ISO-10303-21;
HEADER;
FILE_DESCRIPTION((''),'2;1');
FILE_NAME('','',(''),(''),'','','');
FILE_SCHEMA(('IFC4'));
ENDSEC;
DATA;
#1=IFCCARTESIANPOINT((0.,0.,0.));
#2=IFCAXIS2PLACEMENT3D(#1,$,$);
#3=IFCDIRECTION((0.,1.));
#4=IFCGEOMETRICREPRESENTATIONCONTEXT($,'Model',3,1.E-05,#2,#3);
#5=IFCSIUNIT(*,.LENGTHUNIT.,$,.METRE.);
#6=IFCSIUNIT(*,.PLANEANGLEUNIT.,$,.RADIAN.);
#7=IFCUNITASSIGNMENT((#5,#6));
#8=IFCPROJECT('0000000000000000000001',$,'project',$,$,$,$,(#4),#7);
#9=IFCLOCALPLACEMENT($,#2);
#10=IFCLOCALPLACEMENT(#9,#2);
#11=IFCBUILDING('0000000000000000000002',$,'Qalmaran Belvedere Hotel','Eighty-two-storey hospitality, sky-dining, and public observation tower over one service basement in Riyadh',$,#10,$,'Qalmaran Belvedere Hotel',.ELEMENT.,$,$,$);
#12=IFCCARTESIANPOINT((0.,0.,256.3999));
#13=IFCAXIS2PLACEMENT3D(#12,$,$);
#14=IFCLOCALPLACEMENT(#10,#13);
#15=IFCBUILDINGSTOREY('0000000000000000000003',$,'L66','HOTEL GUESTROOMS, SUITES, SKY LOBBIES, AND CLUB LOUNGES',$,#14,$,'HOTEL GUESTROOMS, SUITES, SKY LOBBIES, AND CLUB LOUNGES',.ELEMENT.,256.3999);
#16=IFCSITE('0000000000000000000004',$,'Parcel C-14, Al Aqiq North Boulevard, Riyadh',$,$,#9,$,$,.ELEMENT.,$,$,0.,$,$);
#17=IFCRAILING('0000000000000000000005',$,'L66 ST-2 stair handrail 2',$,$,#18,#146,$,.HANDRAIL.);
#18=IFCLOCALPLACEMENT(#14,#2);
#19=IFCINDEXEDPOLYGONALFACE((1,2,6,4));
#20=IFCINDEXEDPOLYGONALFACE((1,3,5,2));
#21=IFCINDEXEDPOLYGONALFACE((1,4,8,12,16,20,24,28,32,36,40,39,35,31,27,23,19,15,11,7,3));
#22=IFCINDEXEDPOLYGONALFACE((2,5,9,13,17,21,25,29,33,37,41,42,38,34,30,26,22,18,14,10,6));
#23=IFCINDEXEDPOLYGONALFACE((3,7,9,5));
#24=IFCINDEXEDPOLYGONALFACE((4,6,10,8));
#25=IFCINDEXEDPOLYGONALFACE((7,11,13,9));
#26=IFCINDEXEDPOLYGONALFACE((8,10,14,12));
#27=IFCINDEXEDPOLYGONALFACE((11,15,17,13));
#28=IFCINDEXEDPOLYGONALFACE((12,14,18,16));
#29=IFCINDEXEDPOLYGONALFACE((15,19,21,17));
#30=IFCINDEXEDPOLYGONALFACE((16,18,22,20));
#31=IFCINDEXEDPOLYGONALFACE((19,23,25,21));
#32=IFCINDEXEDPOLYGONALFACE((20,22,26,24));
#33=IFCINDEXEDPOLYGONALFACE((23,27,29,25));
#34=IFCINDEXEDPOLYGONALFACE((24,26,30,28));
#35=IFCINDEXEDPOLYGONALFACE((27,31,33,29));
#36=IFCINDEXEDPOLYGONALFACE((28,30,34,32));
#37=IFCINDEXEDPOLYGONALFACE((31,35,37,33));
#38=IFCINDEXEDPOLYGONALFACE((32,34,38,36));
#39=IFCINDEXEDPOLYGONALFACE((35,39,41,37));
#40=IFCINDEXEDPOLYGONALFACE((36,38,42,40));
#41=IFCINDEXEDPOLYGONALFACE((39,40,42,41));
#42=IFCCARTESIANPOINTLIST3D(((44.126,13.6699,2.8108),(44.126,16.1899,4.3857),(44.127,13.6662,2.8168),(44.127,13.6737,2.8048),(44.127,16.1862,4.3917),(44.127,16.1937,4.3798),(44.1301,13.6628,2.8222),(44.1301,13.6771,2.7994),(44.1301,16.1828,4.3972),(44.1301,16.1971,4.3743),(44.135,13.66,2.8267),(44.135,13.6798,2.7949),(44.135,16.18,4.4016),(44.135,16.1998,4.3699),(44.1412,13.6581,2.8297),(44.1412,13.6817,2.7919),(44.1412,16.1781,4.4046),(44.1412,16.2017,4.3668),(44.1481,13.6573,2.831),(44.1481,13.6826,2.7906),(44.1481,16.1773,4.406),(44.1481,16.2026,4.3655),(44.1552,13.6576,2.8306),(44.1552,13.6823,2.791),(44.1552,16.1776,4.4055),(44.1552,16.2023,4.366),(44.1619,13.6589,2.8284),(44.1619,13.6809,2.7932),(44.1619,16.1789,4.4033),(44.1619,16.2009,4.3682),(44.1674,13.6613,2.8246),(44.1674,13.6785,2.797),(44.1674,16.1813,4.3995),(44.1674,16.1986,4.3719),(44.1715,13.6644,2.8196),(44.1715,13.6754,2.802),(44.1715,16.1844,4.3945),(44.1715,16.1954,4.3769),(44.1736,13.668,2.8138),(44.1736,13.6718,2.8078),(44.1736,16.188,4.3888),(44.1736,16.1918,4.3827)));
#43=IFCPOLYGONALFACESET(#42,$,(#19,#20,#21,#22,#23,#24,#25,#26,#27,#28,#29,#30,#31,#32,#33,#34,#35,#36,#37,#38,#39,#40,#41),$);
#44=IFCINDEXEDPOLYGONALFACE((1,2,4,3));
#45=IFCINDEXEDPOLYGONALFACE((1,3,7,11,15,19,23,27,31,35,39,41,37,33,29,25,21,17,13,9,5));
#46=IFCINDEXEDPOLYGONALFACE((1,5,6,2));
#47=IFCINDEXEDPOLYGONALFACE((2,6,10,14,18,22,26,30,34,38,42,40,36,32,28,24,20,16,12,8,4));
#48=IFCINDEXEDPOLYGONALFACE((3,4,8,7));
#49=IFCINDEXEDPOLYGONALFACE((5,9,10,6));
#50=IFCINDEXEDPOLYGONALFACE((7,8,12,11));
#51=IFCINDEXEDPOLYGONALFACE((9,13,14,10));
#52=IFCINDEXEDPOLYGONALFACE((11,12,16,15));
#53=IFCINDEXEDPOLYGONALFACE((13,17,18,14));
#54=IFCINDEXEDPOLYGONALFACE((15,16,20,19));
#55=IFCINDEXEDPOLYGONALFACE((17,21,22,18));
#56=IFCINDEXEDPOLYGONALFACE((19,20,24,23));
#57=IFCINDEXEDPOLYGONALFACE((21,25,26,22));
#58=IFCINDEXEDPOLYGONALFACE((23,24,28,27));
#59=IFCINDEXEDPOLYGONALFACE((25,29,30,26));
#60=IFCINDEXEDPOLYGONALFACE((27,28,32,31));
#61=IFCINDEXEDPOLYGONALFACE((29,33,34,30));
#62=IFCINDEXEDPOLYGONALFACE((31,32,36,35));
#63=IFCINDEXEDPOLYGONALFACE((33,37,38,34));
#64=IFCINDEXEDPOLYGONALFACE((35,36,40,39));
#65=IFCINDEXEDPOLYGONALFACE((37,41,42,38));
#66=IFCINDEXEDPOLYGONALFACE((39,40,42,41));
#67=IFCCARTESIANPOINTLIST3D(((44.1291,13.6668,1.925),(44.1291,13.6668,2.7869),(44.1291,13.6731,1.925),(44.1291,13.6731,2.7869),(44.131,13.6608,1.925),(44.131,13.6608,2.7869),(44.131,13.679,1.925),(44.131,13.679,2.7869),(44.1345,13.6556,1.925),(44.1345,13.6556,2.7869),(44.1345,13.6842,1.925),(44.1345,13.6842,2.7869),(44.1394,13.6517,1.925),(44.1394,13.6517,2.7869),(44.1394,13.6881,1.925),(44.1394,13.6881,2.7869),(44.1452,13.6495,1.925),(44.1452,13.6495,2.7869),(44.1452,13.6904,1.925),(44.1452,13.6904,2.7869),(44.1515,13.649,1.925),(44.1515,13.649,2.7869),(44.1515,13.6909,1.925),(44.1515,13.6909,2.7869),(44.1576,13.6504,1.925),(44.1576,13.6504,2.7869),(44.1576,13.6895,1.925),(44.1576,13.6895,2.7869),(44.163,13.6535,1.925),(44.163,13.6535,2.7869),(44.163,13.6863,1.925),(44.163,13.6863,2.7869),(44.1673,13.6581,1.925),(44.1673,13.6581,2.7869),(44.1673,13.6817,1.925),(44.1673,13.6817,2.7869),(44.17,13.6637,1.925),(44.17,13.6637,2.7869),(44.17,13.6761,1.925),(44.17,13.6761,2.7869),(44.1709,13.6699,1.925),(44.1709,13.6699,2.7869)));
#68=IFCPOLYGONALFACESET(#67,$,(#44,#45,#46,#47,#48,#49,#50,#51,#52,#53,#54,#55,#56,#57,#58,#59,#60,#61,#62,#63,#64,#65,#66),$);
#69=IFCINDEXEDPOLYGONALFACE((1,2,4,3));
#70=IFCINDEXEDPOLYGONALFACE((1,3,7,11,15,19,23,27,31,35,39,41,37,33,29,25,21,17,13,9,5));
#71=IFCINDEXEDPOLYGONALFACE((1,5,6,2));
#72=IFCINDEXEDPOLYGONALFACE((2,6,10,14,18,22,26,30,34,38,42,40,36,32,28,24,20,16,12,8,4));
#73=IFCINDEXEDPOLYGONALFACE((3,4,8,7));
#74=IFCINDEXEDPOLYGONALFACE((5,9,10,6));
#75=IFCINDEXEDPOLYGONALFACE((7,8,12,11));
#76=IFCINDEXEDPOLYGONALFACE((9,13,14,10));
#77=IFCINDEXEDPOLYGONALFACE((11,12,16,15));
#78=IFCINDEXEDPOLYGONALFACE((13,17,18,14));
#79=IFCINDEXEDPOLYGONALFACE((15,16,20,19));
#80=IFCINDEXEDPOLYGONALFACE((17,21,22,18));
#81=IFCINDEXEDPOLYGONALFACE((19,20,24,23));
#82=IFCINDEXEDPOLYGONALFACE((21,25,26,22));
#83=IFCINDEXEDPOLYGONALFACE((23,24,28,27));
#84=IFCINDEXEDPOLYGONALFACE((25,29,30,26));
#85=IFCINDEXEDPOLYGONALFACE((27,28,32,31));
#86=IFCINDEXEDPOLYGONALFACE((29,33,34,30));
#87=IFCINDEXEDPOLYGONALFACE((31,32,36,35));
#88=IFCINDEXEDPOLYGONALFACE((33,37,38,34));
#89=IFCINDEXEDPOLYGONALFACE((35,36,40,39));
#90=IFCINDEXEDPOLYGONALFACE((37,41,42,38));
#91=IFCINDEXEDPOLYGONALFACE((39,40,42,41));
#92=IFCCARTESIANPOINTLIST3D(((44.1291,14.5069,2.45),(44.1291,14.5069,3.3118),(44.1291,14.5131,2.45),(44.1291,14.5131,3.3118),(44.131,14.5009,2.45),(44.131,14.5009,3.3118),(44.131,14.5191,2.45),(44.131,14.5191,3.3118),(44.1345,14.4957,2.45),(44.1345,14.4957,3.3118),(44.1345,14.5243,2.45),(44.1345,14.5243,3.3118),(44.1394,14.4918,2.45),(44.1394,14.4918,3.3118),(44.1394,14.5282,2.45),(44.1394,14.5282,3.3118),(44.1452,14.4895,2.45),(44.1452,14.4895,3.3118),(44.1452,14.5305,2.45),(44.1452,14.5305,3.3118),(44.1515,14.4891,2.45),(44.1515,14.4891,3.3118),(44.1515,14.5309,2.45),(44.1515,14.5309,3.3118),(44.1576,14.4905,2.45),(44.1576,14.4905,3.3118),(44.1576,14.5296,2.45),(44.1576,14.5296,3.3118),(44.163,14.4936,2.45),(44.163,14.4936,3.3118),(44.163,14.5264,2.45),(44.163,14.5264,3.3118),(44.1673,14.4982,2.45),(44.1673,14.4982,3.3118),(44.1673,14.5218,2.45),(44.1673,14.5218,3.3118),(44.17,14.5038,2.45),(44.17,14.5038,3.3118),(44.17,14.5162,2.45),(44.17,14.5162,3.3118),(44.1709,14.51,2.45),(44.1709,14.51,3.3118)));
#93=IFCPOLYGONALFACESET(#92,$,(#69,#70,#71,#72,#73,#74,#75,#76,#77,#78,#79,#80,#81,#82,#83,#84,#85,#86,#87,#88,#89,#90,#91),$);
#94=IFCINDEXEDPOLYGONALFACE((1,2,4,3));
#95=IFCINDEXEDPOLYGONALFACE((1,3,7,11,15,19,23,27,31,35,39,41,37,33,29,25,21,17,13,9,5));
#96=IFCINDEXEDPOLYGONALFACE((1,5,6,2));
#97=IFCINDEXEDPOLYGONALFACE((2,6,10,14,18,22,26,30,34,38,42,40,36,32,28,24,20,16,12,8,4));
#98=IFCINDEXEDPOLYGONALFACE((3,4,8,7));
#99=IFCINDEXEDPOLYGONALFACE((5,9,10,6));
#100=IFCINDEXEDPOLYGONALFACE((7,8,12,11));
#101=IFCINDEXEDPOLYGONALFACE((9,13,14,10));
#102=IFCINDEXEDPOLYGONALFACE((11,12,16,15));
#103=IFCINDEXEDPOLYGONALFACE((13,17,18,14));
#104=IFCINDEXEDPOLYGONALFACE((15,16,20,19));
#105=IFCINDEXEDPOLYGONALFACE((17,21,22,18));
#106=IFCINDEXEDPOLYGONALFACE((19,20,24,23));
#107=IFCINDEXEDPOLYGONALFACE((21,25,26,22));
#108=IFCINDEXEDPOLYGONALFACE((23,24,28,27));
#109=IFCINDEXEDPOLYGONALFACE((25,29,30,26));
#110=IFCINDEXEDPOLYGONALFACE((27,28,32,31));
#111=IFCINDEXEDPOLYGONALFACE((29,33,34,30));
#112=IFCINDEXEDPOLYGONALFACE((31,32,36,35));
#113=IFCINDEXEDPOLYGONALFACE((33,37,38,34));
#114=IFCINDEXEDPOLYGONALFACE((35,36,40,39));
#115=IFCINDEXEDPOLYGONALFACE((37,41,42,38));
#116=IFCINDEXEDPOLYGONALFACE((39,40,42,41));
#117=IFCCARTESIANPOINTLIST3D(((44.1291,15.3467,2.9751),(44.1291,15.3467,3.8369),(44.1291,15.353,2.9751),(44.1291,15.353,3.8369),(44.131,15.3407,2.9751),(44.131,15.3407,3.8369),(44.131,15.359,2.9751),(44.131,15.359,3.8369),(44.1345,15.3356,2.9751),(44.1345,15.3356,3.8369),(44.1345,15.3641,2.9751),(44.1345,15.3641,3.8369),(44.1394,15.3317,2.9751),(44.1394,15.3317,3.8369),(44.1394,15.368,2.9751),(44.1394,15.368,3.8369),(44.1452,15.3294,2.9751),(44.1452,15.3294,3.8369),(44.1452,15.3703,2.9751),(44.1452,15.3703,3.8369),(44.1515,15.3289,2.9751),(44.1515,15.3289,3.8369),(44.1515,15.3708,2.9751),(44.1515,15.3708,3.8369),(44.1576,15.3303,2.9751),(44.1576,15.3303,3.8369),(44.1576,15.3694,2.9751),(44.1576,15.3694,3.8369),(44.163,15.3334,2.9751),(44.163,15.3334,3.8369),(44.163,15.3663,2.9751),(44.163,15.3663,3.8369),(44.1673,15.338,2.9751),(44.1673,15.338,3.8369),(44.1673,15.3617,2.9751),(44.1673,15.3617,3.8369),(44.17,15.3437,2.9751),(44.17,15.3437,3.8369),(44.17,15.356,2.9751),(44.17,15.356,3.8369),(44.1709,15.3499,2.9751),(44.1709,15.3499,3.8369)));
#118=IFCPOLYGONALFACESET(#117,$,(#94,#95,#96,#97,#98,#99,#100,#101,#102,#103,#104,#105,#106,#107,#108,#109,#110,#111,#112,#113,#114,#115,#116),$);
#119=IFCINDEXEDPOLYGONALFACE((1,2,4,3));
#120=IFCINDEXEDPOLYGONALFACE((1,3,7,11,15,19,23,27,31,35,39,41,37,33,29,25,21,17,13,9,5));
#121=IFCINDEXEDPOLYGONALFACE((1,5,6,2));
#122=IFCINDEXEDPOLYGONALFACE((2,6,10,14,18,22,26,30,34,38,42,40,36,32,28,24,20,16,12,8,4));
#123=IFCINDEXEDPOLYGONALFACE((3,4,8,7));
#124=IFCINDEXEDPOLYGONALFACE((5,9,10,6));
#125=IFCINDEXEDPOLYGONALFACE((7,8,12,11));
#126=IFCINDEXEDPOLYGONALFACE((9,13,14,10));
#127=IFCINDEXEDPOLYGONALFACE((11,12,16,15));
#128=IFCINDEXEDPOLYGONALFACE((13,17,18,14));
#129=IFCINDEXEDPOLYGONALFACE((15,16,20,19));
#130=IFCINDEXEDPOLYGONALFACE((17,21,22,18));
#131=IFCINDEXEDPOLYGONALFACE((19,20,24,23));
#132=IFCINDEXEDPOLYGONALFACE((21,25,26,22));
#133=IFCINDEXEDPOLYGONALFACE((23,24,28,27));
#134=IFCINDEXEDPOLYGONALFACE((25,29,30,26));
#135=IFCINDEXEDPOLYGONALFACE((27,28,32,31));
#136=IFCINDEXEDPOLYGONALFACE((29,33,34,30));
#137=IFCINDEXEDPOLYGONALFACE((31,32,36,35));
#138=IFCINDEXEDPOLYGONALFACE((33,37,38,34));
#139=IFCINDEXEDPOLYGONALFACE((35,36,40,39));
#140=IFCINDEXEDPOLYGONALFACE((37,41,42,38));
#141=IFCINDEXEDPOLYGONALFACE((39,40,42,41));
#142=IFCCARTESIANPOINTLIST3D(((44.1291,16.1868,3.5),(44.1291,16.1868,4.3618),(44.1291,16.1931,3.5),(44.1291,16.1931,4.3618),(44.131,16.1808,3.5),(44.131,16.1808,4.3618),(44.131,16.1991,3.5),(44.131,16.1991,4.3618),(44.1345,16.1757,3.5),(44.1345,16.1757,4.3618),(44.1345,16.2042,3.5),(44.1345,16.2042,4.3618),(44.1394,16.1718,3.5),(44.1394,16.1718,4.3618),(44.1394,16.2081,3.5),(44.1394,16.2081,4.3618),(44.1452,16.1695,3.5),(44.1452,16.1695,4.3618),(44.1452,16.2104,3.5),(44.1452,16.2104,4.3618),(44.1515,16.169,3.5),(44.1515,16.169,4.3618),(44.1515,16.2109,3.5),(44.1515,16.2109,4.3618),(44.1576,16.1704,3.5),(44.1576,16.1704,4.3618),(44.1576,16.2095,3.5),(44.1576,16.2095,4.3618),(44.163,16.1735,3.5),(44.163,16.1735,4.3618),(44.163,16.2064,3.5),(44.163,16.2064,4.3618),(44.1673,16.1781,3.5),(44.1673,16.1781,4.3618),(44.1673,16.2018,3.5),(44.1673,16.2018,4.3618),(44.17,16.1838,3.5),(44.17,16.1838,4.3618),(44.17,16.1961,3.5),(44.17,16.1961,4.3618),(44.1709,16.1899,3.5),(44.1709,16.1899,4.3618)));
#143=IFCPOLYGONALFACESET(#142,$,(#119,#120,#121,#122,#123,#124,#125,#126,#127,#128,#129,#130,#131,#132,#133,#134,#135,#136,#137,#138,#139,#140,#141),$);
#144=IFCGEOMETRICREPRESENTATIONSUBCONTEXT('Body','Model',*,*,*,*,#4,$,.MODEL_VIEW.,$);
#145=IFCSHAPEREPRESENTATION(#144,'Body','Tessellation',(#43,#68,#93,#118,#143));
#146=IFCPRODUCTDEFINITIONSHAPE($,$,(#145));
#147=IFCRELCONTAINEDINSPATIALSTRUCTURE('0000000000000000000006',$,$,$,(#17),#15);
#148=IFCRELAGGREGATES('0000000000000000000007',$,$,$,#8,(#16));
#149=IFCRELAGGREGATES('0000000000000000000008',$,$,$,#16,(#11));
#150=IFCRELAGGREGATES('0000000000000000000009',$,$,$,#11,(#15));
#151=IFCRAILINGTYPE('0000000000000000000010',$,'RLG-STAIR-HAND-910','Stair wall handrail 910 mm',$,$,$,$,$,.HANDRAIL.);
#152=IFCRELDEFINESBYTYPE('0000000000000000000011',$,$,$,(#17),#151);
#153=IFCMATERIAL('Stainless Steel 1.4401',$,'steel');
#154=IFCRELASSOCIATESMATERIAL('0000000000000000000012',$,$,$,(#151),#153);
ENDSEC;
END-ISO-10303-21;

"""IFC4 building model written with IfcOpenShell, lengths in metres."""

from ifc_helpers import new_model, si_unit, direction, frame, origin, origin_2d, place, context, subcontext, project, spatial, circle, extrude, material, type_object, element, save


model = new_model("IFC4")

# Units and contexts
model_context = context("Model", 3, precision=1e-05, world=origin(), true_north=direction((0.0, 1.0)))
body_context = subcontext(model_context, "Body", "Model", "MODEL_VIEW")
ifc_project = project(units=[si_unit("LENGTHUNIT", "METRE"), si_unit("PLANEANGLEUNIT", "RADIAN")], contexts=[model_context])

# Site, building, storey
site_placement = place(None, origin())
site = spatial("IfcSite", under=ifc_project, at=site_placement, Name="Parcel C-14, Al Aqiq North Boulevard, Riyadh", CompositionType="ELEMENT", RefElevation=0.0)
building_placement = place(site_placement, origin())
building = spatial("IfcBuilding", under=site, at=building_placement, Name="Qalmaran Belvedere Hotel", Description="Eighty-two-storey hospitality, sky-dining, and public observation tower over one service basement in Riyadh", LongName="Qalmaran Belvedere Hotel", CompositionType="ELEMENT")
storey_placement = place(building_placement, frame((0.0, 0.0, 256.3999)))
storey = spatial("IfcBuildingStorey", under=building, at=storey_placement, Name="L66", Description="HOTEL GUESTROOMS, SUITES, SKY LOBBIES, AND CLUB LOUNGES", LongName="HOTEL GUESTROOMS, SUITES, SKY LOBBIES, AND CLUB LOUNGES", CompositionType="ELEMENT", Elevation=256.3999)

# Railing
ifc_material_1 = material(Name="Stainless Steel 1.4401", Category="steel")
railing_type_1 = type_object("IfcRailingType", Name="RLG-STAIR-HAND-910", Description="Stair wall handrail 910 mm", PredefinedType="HANDRAIL", material=ifc_material_1)
railing_1_placement = place(storey_placement, frame((44.1499, 13.6699, 1.925)))
element("IfcRailing", 1, at=railing_1_placement, inside=storey, type_object=railing_type_1, Name="L66 ST-2 stair handrail 2", PredefinedType="HANDRAIL", context=body_context, shape_type="SweptSolid", body=[
    extrude(circle(Radius=0.0239, at=origin_2d()), frame((0.0, 0.0, 0.8857), z_axis=(0.0, 0.848008, 0.529984), x_axis=(-1.0, 0.0, 0.0)), (0.0, 0.0, 1.0), 2.9717),
    extrude(circle(Radius=0.021, at=origin_2d()), origin(), (0.0, 0.0, 1.0), 0.8618),
    extrude(circle(Radius=0.021, at=origin_2d()), frame((0.0, 0.8401, 0.5249)), (0.0, 0.0, 1.0), 0.8618),
    extrude(circle(Radius=0.021, at=origin_2d()), frame((0.0, 1.6799, 1.05)), (0.0, 0.0, 1.0), 0.8618),
    extrude(circle(Radius=0.021, at=origin_2d()), frame((0.0, 2.52, 1.575)), (0.0, 0.0, 1.0), 0.8618),
])

save(model, "model.ifc")
